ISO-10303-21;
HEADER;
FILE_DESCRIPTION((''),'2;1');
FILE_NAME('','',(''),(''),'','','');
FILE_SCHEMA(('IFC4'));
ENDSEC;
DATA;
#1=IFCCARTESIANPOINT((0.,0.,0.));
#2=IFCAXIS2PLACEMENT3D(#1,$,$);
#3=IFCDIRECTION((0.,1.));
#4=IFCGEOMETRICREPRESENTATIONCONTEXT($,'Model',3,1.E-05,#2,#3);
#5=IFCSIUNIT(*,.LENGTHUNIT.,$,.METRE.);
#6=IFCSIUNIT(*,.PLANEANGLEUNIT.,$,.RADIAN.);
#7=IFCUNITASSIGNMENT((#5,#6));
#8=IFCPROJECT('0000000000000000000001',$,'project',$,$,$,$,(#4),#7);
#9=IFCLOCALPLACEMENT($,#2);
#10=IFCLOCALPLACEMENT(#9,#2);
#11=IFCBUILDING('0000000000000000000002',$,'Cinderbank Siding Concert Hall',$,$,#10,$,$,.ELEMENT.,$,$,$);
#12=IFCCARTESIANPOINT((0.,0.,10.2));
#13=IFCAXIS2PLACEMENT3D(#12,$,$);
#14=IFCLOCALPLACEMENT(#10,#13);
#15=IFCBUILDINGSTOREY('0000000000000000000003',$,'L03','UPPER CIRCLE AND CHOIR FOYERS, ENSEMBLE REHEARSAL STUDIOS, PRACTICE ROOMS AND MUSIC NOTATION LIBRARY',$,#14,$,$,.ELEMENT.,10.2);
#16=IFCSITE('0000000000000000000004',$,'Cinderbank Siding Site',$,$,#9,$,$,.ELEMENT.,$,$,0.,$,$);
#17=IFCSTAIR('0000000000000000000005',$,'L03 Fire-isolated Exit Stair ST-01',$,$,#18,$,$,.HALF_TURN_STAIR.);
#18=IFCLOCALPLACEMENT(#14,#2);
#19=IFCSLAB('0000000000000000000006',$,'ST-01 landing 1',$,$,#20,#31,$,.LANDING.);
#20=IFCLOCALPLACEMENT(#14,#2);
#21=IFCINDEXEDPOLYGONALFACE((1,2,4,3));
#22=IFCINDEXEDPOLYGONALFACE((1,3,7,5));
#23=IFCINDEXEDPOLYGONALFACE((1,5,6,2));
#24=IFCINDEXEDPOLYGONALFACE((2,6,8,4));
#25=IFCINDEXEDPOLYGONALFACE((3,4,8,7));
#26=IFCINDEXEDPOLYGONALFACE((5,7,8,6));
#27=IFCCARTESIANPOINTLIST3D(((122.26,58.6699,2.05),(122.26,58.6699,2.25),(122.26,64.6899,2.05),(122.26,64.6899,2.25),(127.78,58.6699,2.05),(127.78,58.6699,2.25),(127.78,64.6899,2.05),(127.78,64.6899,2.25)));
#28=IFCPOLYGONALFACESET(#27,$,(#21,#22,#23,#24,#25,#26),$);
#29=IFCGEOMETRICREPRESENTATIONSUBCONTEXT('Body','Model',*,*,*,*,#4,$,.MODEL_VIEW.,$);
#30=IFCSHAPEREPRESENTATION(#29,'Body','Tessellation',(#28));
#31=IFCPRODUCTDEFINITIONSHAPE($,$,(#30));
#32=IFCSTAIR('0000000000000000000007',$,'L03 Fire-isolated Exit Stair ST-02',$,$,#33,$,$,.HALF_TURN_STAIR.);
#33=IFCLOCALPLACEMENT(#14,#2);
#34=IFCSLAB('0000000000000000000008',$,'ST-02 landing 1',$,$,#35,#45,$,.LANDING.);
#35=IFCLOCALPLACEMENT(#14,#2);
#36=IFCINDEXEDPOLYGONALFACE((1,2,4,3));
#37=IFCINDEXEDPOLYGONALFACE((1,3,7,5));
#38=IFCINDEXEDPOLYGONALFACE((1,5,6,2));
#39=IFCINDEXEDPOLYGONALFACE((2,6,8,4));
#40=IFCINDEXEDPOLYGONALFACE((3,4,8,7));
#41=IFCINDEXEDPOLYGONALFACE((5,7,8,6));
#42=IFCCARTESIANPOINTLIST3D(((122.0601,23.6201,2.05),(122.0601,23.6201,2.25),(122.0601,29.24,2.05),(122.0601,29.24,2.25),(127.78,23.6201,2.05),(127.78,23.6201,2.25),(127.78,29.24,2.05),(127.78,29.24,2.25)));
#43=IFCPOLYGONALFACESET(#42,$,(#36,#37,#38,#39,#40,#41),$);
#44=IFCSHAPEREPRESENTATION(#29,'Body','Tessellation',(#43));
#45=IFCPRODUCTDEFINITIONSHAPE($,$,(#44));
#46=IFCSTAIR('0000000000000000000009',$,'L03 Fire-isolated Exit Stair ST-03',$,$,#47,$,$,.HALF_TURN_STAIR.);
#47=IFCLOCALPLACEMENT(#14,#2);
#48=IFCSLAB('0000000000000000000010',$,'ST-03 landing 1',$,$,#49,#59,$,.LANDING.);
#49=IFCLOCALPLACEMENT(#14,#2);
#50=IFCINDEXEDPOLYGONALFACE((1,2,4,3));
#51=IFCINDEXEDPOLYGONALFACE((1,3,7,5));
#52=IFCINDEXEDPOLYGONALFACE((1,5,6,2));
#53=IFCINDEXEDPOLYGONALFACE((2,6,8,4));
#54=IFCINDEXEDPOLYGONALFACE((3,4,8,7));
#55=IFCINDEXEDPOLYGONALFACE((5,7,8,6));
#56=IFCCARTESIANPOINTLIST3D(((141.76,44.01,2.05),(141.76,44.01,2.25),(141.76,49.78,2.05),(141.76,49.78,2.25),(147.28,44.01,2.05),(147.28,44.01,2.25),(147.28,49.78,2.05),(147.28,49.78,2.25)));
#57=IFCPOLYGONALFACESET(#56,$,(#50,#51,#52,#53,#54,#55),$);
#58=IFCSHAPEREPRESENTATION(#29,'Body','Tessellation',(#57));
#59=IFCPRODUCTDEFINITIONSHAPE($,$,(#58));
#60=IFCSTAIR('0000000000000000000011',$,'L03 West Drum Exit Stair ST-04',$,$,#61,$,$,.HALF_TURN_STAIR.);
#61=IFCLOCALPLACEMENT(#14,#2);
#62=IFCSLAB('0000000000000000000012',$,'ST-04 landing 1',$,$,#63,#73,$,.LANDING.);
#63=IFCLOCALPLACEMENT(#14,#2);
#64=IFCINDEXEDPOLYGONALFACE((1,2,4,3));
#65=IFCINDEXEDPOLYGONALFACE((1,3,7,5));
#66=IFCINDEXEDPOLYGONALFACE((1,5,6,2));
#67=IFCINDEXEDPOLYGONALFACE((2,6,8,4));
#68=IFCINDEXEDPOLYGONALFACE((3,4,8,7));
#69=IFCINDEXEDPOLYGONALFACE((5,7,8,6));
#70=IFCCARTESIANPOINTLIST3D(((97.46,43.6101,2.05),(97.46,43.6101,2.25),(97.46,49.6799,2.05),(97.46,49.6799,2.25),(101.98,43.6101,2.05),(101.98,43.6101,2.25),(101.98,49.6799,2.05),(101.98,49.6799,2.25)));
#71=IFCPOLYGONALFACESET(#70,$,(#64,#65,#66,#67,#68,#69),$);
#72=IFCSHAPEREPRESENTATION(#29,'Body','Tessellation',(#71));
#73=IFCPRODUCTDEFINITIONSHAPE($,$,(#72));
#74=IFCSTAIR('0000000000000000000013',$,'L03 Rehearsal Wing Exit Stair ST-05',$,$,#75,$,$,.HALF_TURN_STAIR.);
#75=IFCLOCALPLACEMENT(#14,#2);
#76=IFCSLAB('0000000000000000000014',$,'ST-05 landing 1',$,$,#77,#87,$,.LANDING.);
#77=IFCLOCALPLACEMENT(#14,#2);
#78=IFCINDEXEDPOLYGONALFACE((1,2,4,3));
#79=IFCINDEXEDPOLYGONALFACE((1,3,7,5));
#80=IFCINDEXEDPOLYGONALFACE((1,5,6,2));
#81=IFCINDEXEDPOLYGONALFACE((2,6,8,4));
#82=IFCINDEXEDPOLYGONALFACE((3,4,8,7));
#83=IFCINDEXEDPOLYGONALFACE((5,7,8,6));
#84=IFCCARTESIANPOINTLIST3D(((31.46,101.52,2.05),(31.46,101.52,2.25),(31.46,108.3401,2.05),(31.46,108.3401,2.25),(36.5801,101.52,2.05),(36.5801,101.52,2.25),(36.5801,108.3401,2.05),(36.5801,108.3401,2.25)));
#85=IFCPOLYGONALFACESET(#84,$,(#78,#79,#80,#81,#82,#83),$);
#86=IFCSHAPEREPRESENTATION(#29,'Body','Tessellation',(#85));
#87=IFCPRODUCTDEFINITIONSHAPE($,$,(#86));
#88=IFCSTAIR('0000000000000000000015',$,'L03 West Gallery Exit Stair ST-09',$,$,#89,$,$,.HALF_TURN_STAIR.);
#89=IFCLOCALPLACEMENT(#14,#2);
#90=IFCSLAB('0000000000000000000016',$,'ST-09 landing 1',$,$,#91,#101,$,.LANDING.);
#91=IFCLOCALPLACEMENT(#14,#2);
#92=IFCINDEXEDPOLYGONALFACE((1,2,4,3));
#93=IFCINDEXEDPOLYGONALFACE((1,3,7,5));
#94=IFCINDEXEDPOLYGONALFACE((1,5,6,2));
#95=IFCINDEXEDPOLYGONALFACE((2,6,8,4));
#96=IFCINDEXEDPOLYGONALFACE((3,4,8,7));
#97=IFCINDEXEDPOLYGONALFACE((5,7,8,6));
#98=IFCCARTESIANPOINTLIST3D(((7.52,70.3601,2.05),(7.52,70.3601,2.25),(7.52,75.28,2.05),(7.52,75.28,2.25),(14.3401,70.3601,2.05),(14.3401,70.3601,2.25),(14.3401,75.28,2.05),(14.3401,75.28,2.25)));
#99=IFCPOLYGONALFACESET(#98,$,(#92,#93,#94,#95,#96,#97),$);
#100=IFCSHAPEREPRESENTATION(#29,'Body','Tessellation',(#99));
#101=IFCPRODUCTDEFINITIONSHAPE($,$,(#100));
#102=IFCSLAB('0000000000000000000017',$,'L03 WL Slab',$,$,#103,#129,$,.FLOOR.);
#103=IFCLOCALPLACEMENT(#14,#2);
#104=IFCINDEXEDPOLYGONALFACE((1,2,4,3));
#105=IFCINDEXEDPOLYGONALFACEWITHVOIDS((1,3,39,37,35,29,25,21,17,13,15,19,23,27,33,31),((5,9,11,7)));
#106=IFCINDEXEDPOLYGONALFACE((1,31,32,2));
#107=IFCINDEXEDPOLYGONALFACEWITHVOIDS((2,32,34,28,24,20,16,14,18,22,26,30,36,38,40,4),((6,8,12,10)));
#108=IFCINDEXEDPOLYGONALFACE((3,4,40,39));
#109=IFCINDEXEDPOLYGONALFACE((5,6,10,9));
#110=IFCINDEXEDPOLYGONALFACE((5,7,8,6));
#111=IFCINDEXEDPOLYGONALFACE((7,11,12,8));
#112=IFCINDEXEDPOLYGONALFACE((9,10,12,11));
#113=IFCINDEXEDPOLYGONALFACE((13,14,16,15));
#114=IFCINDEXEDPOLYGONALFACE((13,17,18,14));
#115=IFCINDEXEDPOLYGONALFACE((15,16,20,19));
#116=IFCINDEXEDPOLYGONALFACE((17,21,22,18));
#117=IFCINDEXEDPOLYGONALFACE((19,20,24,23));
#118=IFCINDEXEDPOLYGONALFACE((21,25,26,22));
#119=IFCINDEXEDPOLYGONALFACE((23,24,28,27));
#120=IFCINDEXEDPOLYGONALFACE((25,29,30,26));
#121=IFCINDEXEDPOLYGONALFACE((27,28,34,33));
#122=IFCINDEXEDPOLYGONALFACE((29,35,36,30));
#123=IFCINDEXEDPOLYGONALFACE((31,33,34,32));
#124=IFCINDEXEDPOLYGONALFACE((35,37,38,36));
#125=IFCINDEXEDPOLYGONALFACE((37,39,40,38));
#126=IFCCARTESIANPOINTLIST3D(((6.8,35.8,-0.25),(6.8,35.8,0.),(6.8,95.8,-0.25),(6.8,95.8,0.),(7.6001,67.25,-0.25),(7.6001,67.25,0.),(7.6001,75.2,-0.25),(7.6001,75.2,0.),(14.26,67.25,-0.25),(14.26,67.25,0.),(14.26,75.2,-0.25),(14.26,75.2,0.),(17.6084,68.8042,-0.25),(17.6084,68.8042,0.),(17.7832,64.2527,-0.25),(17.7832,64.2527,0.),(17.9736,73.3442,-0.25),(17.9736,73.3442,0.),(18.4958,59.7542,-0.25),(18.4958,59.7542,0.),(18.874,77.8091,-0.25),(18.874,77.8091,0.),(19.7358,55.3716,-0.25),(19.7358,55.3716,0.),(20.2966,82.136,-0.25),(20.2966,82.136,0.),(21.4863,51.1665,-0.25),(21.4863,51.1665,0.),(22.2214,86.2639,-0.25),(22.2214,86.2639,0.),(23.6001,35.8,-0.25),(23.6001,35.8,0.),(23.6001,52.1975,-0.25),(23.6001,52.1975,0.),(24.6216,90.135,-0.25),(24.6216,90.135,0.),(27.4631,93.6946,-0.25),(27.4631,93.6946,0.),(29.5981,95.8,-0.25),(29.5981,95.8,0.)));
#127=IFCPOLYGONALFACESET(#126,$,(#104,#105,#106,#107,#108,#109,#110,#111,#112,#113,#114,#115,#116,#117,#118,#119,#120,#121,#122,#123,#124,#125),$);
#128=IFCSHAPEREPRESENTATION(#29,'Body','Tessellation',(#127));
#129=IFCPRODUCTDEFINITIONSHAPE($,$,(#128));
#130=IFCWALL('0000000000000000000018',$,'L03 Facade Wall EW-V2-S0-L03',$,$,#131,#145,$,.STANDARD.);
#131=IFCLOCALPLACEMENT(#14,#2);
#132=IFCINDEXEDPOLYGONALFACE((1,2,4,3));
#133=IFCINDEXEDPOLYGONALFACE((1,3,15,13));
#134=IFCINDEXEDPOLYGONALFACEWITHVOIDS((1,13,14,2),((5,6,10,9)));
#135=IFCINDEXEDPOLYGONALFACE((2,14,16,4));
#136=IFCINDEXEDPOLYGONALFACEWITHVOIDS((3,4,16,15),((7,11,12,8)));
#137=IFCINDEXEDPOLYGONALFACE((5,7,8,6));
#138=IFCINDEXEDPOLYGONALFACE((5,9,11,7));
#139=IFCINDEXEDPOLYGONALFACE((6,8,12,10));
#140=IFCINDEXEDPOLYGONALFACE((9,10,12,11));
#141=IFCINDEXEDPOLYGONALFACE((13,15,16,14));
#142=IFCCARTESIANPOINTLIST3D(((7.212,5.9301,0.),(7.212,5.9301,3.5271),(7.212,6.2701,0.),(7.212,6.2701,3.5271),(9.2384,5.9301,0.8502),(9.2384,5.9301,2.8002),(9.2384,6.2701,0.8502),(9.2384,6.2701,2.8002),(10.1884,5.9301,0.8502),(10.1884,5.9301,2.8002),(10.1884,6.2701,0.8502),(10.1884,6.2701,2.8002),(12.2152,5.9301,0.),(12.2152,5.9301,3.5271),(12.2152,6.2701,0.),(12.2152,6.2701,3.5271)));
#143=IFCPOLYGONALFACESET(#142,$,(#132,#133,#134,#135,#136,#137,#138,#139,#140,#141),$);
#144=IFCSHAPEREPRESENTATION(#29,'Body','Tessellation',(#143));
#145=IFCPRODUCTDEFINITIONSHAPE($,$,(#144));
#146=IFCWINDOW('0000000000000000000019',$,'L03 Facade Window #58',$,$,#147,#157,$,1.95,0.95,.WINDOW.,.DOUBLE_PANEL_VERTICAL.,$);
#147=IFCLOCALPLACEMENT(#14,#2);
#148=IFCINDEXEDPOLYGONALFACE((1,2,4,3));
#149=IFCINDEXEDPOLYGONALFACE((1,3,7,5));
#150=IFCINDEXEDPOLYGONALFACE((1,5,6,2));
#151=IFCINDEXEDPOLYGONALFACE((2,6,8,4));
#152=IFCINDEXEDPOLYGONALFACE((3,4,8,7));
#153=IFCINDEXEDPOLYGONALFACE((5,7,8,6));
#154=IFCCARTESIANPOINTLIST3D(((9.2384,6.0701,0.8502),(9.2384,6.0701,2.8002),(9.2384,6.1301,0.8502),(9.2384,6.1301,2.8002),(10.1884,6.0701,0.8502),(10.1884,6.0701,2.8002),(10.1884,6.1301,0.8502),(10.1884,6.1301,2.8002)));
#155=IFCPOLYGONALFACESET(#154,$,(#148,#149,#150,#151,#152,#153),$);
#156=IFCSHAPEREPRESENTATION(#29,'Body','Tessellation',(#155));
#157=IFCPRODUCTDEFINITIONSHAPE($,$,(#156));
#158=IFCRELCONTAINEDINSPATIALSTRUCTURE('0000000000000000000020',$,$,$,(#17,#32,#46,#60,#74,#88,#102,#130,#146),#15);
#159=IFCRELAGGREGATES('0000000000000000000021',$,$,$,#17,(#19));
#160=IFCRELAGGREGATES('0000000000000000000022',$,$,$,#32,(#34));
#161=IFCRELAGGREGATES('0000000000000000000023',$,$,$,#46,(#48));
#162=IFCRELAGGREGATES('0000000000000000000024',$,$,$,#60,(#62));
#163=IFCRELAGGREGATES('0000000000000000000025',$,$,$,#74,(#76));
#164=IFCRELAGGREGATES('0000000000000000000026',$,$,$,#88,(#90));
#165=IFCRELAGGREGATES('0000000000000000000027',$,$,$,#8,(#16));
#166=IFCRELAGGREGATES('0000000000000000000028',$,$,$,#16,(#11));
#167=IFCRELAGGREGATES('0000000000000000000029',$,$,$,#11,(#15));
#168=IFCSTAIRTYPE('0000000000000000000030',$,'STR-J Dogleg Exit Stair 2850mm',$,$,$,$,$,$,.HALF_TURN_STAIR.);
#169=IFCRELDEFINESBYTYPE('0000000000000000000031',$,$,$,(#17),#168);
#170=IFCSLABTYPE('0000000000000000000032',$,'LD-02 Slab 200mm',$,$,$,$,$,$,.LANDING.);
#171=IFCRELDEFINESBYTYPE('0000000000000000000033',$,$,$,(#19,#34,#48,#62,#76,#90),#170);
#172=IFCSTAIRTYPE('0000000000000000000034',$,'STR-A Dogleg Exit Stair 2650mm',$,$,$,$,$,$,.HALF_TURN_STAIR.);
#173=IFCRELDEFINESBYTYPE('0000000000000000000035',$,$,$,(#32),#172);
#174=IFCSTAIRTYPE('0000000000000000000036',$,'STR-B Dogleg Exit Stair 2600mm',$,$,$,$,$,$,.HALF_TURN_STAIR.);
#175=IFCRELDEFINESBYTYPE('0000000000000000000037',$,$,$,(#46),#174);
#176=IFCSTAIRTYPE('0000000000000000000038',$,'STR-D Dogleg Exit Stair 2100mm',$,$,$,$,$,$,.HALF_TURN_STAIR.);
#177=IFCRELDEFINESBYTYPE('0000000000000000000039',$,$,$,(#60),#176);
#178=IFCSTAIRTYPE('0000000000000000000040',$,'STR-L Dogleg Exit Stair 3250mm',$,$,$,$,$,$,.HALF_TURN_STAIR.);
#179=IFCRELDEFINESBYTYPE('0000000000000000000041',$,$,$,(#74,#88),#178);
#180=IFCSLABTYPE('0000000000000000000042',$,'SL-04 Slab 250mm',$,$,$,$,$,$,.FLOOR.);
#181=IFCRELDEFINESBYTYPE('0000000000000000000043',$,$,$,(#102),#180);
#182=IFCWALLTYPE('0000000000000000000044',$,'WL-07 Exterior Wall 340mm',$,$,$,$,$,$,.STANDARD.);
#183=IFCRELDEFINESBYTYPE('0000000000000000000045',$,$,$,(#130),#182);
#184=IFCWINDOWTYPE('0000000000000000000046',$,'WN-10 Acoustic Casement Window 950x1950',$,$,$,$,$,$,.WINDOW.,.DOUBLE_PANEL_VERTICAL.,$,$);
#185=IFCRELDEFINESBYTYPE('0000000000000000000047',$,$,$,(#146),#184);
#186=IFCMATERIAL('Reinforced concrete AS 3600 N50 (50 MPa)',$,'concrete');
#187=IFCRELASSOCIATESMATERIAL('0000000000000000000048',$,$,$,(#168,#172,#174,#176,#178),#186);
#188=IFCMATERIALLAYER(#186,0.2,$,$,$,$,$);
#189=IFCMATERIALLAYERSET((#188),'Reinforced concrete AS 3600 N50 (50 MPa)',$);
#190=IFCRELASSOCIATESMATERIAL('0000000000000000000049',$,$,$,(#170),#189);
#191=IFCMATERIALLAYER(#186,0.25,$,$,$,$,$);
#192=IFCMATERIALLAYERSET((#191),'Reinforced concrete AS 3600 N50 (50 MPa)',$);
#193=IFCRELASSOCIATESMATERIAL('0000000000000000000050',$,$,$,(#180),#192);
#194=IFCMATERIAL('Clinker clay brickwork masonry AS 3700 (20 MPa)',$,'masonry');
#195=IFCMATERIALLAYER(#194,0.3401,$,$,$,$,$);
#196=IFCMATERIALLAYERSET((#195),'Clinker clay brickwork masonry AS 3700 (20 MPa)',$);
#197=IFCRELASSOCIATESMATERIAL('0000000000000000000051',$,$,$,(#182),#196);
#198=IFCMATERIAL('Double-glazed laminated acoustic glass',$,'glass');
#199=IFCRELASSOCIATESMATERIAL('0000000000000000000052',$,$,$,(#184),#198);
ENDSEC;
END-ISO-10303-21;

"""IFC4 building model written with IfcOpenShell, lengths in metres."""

from ifc_helpers import new_model, si_unit, direction, frame, frame_2d, origin, place, context, subcontext, project, spatial, polyline, rectangle, outline, extrude, material, layer, layer_set, type_object, element, fill, aggregate, save


model = new_model("IFC4")

# Units and contexts
model_context = context("Model", 3, precision=1e-05, world=origin(), true_north=direction((0.0, 1.0)))
body_context = subcontext(model_context, "Body", "Model", "MODEL_VIEW")
ifc_project = project(units=[si_unit("LENGTHUNIT", "METRE"), si_unit("PLANEANGLEUNIT", "RADIAN")], contexts=[model_context])

# Site, building, storey
site_placement = place(None, origin())
site = spatial("IfcSite", under=ifc_project, at=site_placement, Name="Cinderbank Siding Site", CompositionType="ELEMENT", RefElevation=0.0)
building_placement = place(site_placement, origin())
building = spatial("IfcBuilding", under=site, at=building_placement, Name="Cinderbank Siding Concert Hall", CompositionType="ELEMENT")
storey_placement = place(building_placement, frame((0.0, 0.0, 10.2)))
storey = spatial("IfcBuildingStorey", under=building, at=storey_placement, Name="L03", Description="UPPER CIRCLE AND CHOIR FOYERS, ENSEMBLE REHEARSAL STUDIOS, PRACTICE ROOMS AND MUSIC NOTATION LIBRARY", CompositionType="ELEMENT", Elevation=10.2)

# Shared definitions
ifc_material_1 = material(Name="Reinforced concrete AS 3600 N50 (50 MPa)", Category="concrete")

# Stairs, slabs
stair_type_1 = type_object("IfcStairType", Name="STR-J Dogleg Exit Stair 2850mm", PredefinedType="HALF_TURN_STAIR", material=ifc_material_1)
stair_1_placement = place(storey_placement, origin())
stair_1 = element("IfcStair", 1, at=stair_1_placement, inside=storey, type_object=stair_type_1, Name="L03 Fire-isolated Exit Stair ST-01", PredefinedType="HALF_TURN_STAIR")
ifc_layer_1 = layer(ifc_material_1, 0.2)
ifc_layer_set_1 = layer_set([ifc_layer_1], Name="Reinforced concrete AS 3600 N50 (50 MPa)")
slab_type_1 = type_object("IfcSlabType", Name="LD-02 Slab 200mm", PredefinedType="LANDING", material=ifc_layer_set_1)
slab_1_placement = place(storey_placement, frame((0.0, 0.0, 2.05)))
slab_1 = element("IfcSlab", 2, at=slab_1_placement, type_object=slab_type_1, Name="ST-01 landing 1", PredefinedType="LANDING", context=body_context, shape_type="SweptSolid", body=[
    extrude(outline(polyline([(122.26, 58.6699), (122.26, 64.6899), (127.78, 64.6899), (127.78, 58.6699), (122.26, 58.6699)])), origin(), (0.0, 0.0, 1.0), 0.2),
])
aggregate(stair_1, [slab_1])
stair_type_2 = type_object("IfcStairType", Name="STR-A Dogleg Exit Stair 2650mm", PredefinedType="HALF_TURN_STAIR", material=ifc_material_1)
stair_2_placement = place(storey_placement, origin())
stair_2 = element("IfcStair", 3, at=stair_2_placement, inside=storey, type_object=stair_type_2, Name="L03 Fire-isolated Exit Stair ST-02", PredefinedType="HALF_TURN_STAIR")
slab_2_placement = place(storey_placement, frame((0.0, 0.0, 2.05)))
slab_2 = element("IfcSlab", 4, at=slab_2_placement, type_object=slab_type_1, Name="ST-02 landing 1", PredefinedType="LANDING", context=body_context, shape_type="SweptSolid", body=[
    extrude(outline(polyline([(122.0601, 23.6201), (122.0601, 29.24), (127.78, 29.24), (127.78, 23.6201), (122.0601, 23.6201)])), origin(), (0.0, 0.0, 1.0), 0.2),
])
aggregate(stair_2, [slab_2])
stair_type_3 = type_object("IfcStairType", Name="STR-B Dogleg Exit Stair 2600mm", PredefinedType="HALF_TURN_STAIR", material=ifc_material_1)
stair_3_placement = place(storey_placement, origin())
stair_3 = element("IfcStair", 5, at=stair_3_placement, inside=storey, type_object=stair_type_3, Name="L03 Fire-isolated Exit Stair ST-03", PredefinedType="HALF_TURN_STAIR")
slab_3_placement = place(storey_placement, frame((0.0, 0.0, 2.05)))
slab_3 = element("IfcSlab", 6, at=slab_3_placement, type_object=slab_type_1, Name="ST-03 landing 1", PredefinedType="LANDING", context=body_context, shape_type="SweptSolid", body=[
    extrude(outline(polyline([(147.28, 44.01), (141.76, 44.01), (141.76, 49.78), (147.28, 49.78), (147.28, 44.01)])), origin(), (0.0, 0.0, 1.0), 0.2),
])
aggregate(stair_3, [slab_3])
stair_type_4 = type_object("IfcStairType", Name="STR-D Dogleg Exit Stair 2100mm", PredefinedType="HALF_TURN_STAIR", material=ifc_material_1)
stair_4_placement = place(storey_placement, origin())
stair_4 = element("IfcStair", 7, at=stair_4_placement, inside=storey, type_object=stair_type_4, Name="L03 West Drum Exit Stair ST-04", PredefinedType="HALF_TURN_STAIR")
slab_4_placement = place(storey_placement, frame((0.0, 0.0, 2.05)))
slab_4 = element("IfcSlab", 8, at=slab_4_placement, type_object=slab_type_1, Name="ST-04 landing 1", PredefinedType="LANDING", context=body_context, shape_type="SweptSolid", body=[
    extrude(outline(polyline([(101.98, 43.6101), (97.46, 43.6101), (97.46, 49.6799), (101.98, 49.6799), (101.98, 43.6101)])), origin(), (0.0, 0.0, 1.0), 0.2),
])
aggregate(stair_4, [slab_4])
stair_type_5 = type_object("IfcStairType", Name="STR-L Dogleg Exit Stair 3250mm", PredefinedType="HALF_TURN_STAIR", material=ifc_material_1)
stair_5_placement = place(storey_placement, origin())
stair_5 = element("IfcStair", 9, at=stair_5_placement, inside=storey, type_object=stair_type_5, Name="L03 Rehearsal Wing Exit Stair ST-05", PredefinedType="HALF_TURN_STAIR")
slab_5_placement = place(storey_placement, frame((0.0, 0.0, 2.05)))
slab_5 = element("IfcSlab", 10, at=slab_5_placement, type_object=slab_type_1, Name="ST-05 landing 1", PredefinedType="LANDING", context=body_context, shape_type="SweptSolid", body=[
    extrude(outline(polyline([(31.46, 101.52), (31.46, 108.3401), (36.5801, 108.3401), (36.5801, 101.52), (31.46, 101.52)])), origin(), (0.0, 0.0, 1.0), 0.2),
])
aggregate(stair_5, [slab_5])
stair_6_placement = place(storey_placement, origin())
stair_6 = element("IfcStair", 11, at=stair_6_placement, inside=storey, type_object=stair_type_5, Name="L03 West Gallery Exit Stair ST-09", PredefinedType="HALF_TURN_STAIR")
slab_6_placement = place(storey_placement, frame((0.0, 0.0, 2.05)))
slab_6 = element("IfcSlab", 12, at=slab_6_placement, type_object=slab_type_1, Name="ST-09 landing 1", PredefinedType="LANDING", context=body_context, shape_type="SweptSolid", body=[
    extrude(outline(polyline([(14.3401, 70.3601), (7.52, 70.3601), (7.52, 75.28), (14.3401, 75.28), (14.3401, 70.3601)])), origin(), (0.0, 0.0, 1.0), 0.2),
])
aggregate(stair_6, [slab_6])

# Slab
ifc_layer_2 = layer(ifc_material_1, 0.25)
ifc_layer_set_2 = layer_set([ifc_layer_2], Name="Reinforced concrete AS 3600 N50 (50 MPa)")
slab_type_2 = type_object("IfcSlabType", Name="SL-04 Slab 250mm", PredefinedType="FLOOR", material=ifc_layer_set_2)
slab_7_placement = place(storey_placement, frame((0.0, 0.0, -0.25)))
element("IfcSlab", 13, at=slab_7_placement, inside=storey, type_object=slab_type_2, Name="L03 WL Slab", PredefinedType="FLOOR", context=body_context, shape_type="SweptSolid", body=[
    extrude(outline(polyline([(6.8, 95.8), (29.5981, 95.8), (27.4631, 93.6946), (24.6216, 90.135), (22.2214, 86.2639), (20.2966, 82.136), (18.874, 77.8091), (17.9736, 73.3442), (17.6084, 68.8042), (17.7832, 64.2527), (18.4958, 59.7542), (19.7358, 55.3716), (21.4863, 51.1665), (23.6001, 52.1975), (23.6001, 35.8), (6.8, 35.8), (6.8, 95.8)]), holes=[polyline([(14.26, 67.25), (14.26, 75.2), (7.6001, 75.2), (7.6001, 67.25), (14.26, 67.25)])]), origin(), (0.0, 0.0, 1.0), 0.25),
])

# Wall, opening, window
ifc_material_2 = material(Name="Clinker clay brickwork masonry AS 3700 (20 MPa)", Category="masonry")
ifc_layer_3 = layer(ifc_material_2, 0.3401)
ifc_layer_set_3 = layer_set([ifc_layer_3], Name="Clinker clay brickwork masonry AS 3700 (20 MPa)")
wall_type = type_object("IfcWallType", Name="WL-07 Exterior Wall 340mm", PredefinedType="STANDARD", material=ifc_layer_set_3)
wall_placement = place(storey_placement, frame((12.2151, 6.1001, 0.0), z_axis=(0.0, 0.0, 1.0), x_axis=(-1.0, 0.0, 0.0)))
wall = element("IfcWall", 14, at=wall_placement, inside=storey, type_object=wall_type, Name="L03 Facade Wall EW-V2-S0-L03", PredefinedType="STANDARD", context=body_context, shape_type="SweptSolid", body=[
    extrude(rectangle(XDim=5.0032, YDim=0.3401, at=frame_2d((2.5015, 0.0))), origin(), (0.0, 0.0, 1.0), 3.5271),
])
opening_placement = place(wall_placement, frame((2.0266, 0.0, 0.8501)))
opening = element("IfcOpeningElement", 15, at=opening_placement, cuts=wall, PredefinedType="OPENING", context=body_context, shape_type="SweptSolid", body=[
    extrude(rectangle(XDim=0.95, YDim=1.95, at=frame_2d((0.4751, 0.9751))), frame((0.0, 0.1821, 0.0), z_axis=(0.0, -1.0, 0.0), x_axis=(1.0, 0.0, 0.0)), (0.0, 0.0, 1.0), 0.364),
])
ifc_material_3 = material(Name="Double-glazed laminated acoustic glass", Category="glass")
window_type = type_object("IfcWindowType", Name="WN-10 Acoustic Casement Window 950x1950", PartitioningType="DOUBLE_PANEL_VERTICAL", PredefinedType="WINDOW", material=ifc_material_3)
window_placement = place(opening_placement, origin())
window = element("IfcWindow", 16, at=window_placement, inside=storey, type_object=window_type, Name="L03 Facade Window #58", OverallHeight=1.95, OverallWidth=0.95, PartitioningType="DOUBLE_PANEL_VERTICAL", PredefinedType="WINDOW", context=body_context, shape_type="SweptSolid", body=[
    extrude(rectangle(XDim=0.95, YDim=1.95, at=frame_2d((0.4751, 0.9751))), frame((0.0, 0.03, 0.0), z_axis=(0.0, -1.0, 0.0), x_axis=(1.0, 0.0, 0.0)), (0.0, 0.0, 1.0), 0.0601),
])
fill(opening, window)

save(model, "model.ifc")
